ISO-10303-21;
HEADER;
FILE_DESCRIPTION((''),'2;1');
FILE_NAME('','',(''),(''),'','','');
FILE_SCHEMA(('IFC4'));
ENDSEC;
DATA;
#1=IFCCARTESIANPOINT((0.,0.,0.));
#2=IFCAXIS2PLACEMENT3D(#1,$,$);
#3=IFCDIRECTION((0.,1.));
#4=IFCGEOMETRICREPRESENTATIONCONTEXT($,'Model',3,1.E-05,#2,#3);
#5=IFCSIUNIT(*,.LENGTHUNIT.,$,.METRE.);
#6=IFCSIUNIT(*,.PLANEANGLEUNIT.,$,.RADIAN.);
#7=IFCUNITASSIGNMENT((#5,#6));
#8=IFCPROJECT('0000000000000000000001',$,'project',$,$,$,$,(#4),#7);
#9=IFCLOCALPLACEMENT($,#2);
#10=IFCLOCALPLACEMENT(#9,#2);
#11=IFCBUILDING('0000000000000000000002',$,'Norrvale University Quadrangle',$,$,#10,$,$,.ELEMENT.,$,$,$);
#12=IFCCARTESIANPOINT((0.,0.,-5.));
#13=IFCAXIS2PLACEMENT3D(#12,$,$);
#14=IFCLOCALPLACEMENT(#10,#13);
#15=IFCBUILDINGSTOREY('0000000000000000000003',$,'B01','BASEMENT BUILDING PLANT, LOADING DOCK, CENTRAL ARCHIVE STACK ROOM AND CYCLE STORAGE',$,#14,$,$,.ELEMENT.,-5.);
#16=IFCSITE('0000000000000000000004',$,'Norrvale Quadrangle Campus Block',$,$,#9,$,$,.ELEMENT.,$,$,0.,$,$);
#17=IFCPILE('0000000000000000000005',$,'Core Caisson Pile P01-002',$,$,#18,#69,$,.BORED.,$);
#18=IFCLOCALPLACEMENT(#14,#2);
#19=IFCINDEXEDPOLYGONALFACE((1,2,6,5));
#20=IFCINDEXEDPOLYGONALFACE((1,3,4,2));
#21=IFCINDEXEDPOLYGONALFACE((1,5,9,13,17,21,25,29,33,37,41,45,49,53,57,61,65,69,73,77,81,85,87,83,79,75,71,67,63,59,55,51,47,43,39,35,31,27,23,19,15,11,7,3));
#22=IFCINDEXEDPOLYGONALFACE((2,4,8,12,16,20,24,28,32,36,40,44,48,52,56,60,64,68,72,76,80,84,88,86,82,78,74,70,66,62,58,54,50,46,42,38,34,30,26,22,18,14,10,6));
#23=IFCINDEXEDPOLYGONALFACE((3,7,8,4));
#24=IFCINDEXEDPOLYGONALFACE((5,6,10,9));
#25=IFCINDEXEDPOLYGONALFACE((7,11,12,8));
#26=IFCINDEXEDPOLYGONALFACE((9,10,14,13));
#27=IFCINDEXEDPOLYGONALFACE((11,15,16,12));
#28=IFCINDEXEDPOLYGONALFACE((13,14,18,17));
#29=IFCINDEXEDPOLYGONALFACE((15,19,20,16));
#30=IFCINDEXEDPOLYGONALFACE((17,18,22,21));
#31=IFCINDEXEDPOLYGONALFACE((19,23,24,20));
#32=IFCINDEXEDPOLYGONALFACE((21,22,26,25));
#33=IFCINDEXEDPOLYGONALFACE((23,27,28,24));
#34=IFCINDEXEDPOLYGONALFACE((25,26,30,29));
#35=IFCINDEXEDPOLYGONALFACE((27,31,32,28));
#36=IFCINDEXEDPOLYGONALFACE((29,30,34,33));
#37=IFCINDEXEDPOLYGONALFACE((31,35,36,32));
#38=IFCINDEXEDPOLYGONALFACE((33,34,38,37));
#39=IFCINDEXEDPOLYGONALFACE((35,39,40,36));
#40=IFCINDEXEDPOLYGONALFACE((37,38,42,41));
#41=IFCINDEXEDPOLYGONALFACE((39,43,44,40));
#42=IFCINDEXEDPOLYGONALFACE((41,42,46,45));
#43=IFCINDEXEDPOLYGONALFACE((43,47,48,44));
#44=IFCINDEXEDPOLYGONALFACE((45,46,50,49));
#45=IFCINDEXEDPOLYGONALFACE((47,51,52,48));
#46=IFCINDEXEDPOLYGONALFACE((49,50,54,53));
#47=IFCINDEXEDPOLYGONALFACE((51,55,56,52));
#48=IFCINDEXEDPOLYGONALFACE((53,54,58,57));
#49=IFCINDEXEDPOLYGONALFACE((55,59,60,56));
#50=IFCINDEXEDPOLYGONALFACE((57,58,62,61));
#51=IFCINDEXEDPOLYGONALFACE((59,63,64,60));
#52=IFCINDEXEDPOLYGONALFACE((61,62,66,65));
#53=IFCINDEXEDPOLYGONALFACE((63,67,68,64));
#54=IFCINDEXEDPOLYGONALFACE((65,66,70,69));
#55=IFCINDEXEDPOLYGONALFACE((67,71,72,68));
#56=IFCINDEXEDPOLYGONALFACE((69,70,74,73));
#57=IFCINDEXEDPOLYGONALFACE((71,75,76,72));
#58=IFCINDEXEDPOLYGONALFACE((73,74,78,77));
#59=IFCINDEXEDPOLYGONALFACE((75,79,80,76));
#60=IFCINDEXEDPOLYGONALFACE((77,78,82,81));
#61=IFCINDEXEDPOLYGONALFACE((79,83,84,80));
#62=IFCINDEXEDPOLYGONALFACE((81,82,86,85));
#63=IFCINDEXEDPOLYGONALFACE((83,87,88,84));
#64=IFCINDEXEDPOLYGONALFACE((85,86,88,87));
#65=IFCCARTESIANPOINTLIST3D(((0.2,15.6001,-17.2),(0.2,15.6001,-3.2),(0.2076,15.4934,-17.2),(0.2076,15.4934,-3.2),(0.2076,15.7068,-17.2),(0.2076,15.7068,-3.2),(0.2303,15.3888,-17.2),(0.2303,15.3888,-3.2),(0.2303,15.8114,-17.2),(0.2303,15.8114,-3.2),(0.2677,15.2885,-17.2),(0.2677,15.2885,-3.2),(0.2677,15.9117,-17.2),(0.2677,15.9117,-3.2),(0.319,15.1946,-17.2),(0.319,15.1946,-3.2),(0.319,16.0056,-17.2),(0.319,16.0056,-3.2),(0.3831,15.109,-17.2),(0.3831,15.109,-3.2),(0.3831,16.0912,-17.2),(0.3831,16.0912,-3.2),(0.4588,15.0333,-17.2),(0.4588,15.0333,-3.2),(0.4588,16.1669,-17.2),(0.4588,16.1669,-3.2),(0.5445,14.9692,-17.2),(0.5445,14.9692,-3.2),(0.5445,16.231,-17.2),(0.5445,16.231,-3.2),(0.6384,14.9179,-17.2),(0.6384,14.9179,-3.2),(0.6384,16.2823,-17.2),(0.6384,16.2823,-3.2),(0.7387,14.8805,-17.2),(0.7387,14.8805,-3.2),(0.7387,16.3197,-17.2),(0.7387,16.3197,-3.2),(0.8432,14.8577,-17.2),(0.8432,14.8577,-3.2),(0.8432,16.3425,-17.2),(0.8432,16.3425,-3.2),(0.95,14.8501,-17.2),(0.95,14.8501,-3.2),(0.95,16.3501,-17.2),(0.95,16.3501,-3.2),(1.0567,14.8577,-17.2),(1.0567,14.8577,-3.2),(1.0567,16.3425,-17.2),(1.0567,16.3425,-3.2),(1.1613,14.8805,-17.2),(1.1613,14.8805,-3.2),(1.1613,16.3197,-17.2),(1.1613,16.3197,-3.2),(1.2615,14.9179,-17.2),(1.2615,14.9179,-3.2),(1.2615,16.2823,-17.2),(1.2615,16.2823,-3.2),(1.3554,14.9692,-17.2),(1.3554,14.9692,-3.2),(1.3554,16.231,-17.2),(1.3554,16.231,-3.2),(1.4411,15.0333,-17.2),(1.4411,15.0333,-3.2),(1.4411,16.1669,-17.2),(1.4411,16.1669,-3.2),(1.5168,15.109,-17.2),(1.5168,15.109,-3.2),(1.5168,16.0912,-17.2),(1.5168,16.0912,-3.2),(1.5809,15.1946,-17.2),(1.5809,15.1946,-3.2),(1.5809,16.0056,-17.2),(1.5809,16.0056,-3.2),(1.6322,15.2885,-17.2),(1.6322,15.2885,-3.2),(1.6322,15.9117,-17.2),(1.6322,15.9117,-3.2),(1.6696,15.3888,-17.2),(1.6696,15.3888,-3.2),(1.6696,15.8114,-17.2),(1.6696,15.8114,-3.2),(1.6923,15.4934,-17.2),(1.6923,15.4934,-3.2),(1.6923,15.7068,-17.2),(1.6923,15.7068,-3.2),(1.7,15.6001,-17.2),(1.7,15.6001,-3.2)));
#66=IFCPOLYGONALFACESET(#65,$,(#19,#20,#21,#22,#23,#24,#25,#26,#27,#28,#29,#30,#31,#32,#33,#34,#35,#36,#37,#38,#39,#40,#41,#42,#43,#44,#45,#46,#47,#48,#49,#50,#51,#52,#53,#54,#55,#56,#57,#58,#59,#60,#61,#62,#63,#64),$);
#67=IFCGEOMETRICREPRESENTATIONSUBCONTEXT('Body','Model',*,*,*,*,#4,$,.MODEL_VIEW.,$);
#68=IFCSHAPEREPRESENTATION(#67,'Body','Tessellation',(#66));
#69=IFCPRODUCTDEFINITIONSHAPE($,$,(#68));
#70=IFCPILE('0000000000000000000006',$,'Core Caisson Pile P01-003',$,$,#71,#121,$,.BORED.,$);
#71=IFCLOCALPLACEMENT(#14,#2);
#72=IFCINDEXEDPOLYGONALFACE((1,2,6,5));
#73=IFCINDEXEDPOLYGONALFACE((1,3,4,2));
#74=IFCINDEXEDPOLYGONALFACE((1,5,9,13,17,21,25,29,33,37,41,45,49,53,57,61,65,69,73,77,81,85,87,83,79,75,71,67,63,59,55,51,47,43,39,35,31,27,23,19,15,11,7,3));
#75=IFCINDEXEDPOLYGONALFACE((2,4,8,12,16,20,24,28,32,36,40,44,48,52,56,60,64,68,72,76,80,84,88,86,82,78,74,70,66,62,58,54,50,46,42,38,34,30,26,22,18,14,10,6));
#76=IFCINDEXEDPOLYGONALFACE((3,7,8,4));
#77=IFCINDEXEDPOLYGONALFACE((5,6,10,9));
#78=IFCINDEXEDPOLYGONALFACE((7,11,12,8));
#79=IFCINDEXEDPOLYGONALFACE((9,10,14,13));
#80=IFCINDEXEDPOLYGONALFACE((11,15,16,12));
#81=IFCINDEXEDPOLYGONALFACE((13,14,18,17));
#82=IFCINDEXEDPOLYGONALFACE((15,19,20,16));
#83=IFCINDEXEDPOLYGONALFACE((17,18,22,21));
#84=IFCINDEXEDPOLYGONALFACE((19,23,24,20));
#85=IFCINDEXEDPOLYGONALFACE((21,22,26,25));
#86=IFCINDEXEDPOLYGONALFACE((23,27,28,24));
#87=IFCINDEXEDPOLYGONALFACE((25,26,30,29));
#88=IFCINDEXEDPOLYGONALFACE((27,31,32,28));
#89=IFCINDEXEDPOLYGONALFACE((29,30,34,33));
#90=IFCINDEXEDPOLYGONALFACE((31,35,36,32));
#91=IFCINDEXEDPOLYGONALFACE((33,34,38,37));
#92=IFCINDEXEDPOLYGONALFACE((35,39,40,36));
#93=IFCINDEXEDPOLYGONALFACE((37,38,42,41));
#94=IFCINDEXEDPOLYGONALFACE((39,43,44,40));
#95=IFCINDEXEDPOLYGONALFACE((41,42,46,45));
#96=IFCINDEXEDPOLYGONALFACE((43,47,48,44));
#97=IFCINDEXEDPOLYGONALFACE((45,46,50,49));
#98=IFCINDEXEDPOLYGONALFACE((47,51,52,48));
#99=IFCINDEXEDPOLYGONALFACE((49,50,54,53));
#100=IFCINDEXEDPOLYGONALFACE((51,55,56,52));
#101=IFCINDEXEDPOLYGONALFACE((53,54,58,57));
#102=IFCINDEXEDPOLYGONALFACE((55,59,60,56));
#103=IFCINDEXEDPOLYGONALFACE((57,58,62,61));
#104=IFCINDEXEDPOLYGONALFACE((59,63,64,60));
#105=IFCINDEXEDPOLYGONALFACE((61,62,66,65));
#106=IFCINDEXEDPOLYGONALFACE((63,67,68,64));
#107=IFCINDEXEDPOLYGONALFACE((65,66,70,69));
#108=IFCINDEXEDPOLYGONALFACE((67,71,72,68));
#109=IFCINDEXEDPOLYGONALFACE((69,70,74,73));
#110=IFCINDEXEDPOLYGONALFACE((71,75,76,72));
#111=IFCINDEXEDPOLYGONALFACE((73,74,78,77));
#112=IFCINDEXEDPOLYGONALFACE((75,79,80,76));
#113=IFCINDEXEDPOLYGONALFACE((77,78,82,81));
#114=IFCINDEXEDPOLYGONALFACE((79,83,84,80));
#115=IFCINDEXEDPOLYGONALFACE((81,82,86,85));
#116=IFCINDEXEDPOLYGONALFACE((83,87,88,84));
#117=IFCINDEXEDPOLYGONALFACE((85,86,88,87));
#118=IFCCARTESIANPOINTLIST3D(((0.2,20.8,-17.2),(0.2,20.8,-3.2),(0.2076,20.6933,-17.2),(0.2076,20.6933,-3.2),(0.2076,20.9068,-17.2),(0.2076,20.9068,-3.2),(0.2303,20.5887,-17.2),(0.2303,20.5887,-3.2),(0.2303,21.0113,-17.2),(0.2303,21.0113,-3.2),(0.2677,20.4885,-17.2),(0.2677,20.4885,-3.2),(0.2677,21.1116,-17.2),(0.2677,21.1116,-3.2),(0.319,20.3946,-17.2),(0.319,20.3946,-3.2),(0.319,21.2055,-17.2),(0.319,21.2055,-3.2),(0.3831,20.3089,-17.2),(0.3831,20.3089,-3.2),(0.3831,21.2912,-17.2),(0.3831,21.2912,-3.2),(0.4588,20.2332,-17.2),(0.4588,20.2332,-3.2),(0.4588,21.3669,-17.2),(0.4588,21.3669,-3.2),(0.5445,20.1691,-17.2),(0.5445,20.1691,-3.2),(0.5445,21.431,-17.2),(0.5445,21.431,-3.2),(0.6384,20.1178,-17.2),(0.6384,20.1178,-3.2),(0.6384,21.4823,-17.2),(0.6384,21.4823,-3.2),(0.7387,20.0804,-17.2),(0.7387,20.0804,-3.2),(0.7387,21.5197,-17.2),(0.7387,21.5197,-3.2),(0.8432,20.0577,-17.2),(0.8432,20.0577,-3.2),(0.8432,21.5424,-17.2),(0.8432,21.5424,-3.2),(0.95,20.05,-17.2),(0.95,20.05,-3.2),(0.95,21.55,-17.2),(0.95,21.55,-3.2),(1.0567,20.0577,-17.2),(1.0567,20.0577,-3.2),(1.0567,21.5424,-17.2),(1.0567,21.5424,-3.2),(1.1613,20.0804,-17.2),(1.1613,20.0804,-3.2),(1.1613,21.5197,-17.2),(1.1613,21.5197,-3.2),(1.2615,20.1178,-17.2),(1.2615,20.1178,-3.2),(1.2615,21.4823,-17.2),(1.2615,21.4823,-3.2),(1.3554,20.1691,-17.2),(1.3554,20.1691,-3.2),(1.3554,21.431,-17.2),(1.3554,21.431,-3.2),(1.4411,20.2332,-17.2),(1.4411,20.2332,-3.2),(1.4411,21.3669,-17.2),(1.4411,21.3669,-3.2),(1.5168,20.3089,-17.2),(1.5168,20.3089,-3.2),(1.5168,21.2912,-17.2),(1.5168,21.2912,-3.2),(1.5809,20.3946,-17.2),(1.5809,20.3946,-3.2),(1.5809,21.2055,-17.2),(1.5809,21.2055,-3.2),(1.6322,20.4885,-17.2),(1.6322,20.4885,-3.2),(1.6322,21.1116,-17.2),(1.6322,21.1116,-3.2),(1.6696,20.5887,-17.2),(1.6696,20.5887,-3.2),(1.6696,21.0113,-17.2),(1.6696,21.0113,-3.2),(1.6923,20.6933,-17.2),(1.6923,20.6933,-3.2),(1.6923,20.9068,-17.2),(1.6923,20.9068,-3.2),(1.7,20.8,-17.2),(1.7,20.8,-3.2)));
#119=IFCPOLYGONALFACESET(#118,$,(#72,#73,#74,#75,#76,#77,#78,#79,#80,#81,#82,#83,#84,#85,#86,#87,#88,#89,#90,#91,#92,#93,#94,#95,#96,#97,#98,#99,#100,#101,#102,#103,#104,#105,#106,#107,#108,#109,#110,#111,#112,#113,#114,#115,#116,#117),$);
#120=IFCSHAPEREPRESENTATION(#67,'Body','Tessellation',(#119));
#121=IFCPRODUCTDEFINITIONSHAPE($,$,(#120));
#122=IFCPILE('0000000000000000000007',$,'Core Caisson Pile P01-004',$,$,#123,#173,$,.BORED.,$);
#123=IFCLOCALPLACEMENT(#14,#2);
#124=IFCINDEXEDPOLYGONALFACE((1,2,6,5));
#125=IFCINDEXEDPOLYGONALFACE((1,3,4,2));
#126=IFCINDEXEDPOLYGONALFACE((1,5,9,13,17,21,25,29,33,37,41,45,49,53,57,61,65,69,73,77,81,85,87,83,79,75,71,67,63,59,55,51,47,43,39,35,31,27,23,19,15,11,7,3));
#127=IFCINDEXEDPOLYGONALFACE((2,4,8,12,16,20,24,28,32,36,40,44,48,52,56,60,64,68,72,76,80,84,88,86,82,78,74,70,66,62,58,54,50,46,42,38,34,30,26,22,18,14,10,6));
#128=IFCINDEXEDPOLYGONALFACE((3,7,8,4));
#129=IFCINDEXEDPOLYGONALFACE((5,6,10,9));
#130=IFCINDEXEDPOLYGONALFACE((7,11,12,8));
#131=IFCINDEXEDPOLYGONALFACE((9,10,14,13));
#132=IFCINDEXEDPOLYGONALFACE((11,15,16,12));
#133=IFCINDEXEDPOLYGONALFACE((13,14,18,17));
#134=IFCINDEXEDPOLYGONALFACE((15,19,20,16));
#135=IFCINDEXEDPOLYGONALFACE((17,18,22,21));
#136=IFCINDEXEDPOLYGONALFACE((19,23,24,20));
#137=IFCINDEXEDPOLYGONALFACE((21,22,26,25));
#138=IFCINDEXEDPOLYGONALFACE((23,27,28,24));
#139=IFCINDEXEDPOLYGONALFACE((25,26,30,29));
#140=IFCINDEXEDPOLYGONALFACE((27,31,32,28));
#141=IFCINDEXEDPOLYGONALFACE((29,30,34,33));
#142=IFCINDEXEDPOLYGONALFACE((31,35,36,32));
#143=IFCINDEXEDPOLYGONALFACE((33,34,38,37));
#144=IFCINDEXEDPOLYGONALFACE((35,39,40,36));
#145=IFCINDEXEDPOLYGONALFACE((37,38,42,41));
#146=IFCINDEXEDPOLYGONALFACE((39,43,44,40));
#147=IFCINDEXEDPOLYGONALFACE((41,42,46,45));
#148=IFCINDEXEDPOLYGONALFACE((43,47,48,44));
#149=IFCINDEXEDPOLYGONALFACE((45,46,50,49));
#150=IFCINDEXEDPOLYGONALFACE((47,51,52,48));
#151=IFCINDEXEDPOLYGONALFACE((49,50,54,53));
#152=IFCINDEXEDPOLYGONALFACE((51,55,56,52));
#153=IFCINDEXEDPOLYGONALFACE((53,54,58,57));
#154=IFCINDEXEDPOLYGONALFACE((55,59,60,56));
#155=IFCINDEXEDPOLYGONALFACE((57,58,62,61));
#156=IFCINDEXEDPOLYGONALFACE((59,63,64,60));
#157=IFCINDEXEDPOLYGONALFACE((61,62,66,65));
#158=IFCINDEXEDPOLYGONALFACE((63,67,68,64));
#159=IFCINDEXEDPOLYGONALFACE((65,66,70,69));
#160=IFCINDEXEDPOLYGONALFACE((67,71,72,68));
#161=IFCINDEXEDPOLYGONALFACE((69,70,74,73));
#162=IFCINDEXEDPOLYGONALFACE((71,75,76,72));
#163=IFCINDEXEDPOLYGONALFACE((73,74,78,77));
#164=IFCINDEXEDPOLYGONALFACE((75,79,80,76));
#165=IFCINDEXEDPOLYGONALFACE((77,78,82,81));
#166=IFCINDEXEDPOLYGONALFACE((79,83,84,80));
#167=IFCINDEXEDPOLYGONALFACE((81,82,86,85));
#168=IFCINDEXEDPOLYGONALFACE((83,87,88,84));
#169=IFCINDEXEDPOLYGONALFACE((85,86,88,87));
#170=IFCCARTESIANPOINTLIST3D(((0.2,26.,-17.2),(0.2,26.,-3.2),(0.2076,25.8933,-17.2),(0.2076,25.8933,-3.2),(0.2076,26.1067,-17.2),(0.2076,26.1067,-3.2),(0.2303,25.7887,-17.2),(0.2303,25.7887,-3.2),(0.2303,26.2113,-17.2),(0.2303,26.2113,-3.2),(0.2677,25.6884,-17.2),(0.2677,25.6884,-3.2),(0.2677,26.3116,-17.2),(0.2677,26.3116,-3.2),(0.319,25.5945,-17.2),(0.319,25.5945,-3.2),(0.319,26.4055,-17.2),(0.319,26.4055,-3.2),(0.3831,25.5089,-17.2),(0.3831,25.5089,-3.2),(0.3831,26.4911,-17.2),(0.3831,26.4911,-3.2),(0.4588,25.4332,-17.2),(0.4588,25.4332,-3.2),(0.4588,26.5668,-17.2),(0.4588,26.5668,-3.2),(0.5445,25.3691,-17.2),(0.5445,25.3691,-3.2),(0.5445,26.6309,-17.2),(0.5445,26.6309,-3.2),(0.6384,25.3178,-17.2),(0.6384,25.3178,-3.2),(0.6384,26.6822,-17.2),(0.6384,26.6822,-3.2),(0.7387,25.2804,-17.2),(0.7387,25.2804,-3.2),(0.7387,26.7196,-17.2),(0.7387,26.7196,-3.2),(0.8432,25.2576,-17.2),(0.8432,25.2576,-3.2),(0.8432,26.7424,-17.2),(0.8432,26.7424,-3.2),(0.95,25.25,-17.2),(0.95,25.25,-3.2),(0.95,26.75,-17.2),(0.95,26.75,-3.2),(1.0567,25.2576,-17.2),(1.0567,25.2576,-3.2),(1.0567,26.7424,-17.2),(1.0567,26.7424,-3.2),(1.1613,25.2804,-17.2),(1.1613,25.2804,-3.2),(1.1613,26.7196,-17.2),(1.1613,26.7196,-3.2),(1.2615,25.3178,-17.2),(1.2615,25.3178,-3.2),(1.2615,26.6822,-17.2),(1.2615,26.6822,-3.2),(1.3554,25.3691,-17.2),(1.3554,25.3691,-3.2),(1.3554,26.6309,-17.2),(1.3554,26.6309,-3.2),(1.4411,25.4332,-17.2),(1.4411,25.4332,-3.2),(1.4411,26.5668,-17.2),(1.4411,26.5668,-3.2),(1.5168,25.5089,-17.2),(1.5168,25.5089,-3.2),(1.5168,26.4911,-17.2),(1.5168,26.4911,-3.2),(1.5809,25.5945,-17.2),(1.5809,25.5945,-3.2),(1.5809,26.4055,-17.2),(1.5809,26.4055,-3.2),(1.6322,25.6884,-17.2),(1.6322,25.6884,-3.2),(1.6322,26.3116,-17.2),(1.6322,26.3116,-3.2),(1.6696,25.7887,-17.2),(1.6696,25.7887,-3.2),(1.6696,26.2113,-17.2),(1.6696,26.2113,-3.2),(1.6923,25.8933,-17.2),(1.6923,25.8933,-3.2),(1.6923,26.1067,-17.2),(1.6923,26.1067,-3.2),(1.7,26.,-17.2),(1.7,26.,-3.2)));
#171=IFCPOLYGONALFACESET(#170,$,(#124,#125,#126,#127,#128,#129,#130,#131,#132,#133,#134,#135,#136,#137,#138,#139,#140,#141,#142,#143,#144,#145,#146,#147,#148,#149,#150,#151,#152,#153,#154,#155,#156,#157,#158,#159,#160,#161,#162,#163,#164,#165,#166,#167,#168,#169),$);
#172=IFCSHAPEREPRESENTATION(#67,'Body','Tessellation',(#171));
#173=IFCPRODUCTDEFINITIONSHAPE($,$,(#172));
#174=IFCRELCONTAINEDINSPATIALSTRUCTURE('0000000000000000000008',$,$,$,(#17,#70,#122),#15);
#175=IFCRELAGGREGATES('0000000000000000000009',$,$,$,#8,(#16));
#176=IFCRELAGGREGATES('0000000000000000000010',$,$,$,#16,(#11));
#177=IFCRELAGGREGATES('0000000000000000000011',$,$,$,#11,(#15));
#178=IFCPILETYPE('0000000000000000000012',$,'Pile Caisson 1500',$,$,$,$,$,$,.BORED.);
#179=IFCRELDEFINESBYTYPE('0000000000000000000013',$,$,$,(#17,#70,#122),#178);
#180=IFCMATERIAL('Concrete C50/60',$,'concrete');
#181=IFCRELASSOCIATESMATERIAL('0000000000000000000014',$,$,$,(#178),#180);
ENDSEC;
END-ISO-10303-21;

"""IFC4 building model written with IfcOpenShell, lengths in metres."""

from ifc_helpers import new_model, si_unit, direction, frame, origin, origin_2d, place, context, subcontext, project, spatial, circle, extrude, material, material_profile, profile_set, type_object, element, save


model = new_model("IFC4")

# Units and contexts
model_context = context("Model", 3, precision=1e-05, world=origin(), true_north=direction((0.0, 1.0)))
body_context = subcontext(model_context, "Body", "Model", "MODEL_VIEW")
ifc_project = project(units=[si_unit("LENGTHUNIT", "METRE"), si_unit("PLANEANGLEUNIT", "RADIAN")], contexts=[model_context])

# Site, building, storey
site_placement = place(None, origin())
site = spatial("IfcSite", under=ifc_project, at=site_placement, Name="Norrvale Quadrangle Campus Block", CompositionType="ELEMENT", RefElevation=0.0)
building_placement = place(site_placement, origin())
building = spatial("IfcBuilding", under=site, at=building_placement, Name="Norrvale University Quadrangle", CompositionType="ELEMENT")
storey_placement = place(building_placement, frame((0.0, 0.0, -5.0)))
storey = spatial("IfcBuildingStorey", under=building, at=storey_placement, Name="B01", Description="BASEMENT BUILDING PLANT, LOADING DOCK, CENTRAL ARCHIVE STACK ROOM AND CYCLE STORAGE", CompositionType="ELEMENT", Elevation=-5.0)

# Piles
ifc_material_1 = material(Name="Concrete C50/60", Category="concrete")
ifc_material_profile_1 = material_profile(ifc_material_1, circle(Radius=0.75, at=origin_2d()), Name="Concrete C50/60")
ifc_profile_set_1 = profile_set([ifc_material_profile_1], Name="Concrete C50/60")
pile_type = type_object("IfcPileType", Name="Pile Caisson 1500", PredefinedType="BORED", material=ifc_profile_set_1)
for number, where, z_axis, x_axis, name in (
    (1, (0.95, 15.6001, -3.2), (0.0, 0.0, -1.0), (1.0, 0.0, 0.0), "Core Caisson Pile P01-002"),
    (2, (0.95, 20.8, -3.2), (0.0, 0.0, -1.0), (1.0, 0.0, 0.0), "Core Caisson Pile P01-003"),
    (3, (0.95, 26.0, -3.2), (0.0, 0.0, -1.0), (1.0, 0.0, 0.0), "Core Caisson Pile P01-004"),
):
    element("IfcPile", number, at=place(storey_placement, frame(where, z_axis=z_axis, x_axis=x_axis)), inside=storey, type_object=pile_type, Name=name, PredefinedType="BORED", context=body_context, shape_type="SweptSolid", body=[
        extrude(circle(Radius=0.75, at=origin_2d()), origin(), (0.0, 0.0, 1.0), 14.0),
    ])

save(model, "model.ifc")
